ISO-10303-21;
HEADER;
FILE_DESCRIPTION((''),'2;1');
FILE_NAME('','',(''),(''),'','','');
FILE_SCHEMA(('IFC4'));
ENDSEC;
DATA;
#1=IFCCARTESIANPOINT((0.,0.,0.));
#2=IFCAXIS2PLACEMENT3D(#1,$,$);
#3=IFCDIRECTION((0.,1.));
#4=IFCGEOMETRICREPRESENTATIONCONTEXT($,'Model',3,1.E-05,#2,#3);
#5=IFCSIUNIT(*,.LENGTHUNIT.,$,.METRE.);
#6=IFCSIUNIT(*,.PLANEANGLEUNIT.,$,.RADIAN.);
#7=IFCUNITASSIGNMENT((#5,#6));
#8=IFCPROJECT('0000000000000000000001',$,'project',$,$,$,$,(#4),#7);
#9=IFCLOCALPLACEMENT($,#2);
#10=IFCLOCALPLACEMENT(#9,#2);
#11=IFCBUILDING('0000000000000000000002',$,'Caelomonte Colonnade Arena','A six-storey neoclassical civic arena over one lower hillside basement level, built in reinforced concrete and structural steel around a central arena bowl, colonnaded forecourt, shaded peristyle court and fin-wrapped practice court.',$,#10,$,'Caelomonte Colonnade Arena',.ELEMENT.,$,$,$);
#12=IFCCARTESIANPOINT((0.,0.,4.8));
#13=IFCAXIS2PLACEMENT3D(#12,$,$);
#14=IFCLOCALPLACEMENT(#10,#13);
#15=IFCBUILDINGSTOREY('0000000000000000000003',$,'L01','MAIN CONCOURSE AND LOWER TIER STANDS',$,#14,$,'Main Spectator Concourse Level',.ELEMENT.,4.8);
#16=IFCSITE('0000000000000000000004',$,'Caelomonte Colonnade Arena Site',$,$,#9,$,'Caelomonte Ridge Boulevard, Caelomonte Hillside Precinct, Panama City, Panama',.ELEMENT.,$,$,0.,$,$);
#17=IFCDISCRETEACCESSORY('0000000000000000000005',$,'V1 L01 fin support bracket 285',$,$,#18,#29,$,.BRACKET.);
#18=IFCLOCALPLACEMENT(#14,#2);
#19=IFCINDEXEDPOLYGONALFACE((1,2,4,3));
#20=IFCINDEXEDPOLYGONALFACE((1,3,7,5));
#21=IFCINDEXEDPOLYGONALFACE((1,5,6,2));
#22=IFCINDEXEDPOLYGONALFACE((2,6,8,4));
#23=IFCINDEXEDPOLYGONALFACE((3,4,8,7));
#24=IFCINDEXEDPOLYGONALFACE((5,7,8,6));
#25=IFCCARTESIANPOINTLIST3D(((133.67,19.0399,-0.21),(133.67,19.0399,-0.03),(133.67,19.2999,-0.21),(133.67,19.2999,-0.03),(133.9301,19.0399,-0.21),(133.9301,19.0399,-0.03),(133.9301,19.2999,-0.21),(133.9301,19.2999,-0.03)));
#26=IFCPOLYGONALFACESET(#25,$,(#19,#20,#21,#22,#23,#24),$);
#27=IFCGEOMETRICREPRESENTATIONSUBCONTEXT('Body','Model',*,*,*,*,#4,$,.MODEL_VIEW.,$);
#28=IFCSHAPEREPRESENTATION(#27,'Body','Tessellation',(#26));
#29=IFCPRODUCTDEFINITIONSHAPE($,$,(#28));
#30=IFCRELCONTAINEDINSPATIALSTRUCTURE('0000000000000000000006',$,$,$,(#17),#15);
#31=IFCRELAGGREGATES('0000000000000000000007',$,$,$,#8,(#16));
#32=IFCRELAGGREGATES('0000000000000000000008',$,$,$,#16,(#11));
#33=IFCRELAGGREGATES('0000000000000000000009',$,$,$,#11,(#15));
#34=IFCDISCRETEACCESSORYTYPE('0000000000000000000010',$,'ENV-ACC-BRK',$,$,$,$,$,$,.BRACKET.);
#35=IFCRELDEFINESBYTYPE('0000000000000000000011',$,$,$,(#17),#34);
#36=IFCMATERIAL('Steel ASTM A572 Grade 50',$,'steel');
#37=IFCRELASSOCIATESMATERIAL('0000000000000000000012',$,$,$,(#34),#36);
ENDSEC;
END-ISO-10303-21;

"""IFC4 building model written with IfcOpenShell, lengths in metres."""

from ifc_helpers import new_model, si_unit, direction, frame, origin, origin_2d, place, context, subcontext, project, spatial, rectangle, extrude, material, type_object, element, save


model = new_model("IFC4")

# Units and contexts
model_context = context("Model", 3, precision=1e-05, world=origin(), true_north=direction((0.0, 1.0)))
body_context = subcontext(model_context, "Body", "Model", "MODEL_VIEW")
ifc_project = project(units=[si_unit("LENGTHUNIT", "METRE"), si_unit("PLANEANGLEUNIT", "RADIAN")], contexts=[model_context])

# Site, building, storey
site_placement = place(None, origin())
site = spatial("IfcSite", under=ifc_project, at=site_placement, Name="Caelomonte Colonnade Arena Site", LongName="Caelomonte Ridge Boulevard, Caelomonte Hillside Precinct, Panama City, Panama", CompositionType="ELEMENT", RefElevation=0.0)
building_placement = place(site_placement, origin())
building = spatial("IfcBuilding", under=site, at=building_placement, Name="Caelomonte Colonnade Arena", Description="A six-storey neoclassical civic arena over one lower hillside basement level, built in reinforced concrete and structural steel around a central arena bowl, colonnaded forecourt, shaded peristyle court and fin-wrapped practice court.", LongName="Caelomonte Colonnade Arena", CompositionType="ELEMENT")
storey_placement = place(building_placement, frame((0.0, 0.0, 4.8)))
storey = spatial("IfcBuildingStorey", under=building, at=storey_placement, Name="L01", Description="MAIN CONCOURSE AND LOWER TIER STANDS", LongName="Main Spectator Concourse Level", CompositionType="ELEMENT", Elevation=4.8)

# Discrete accessory
ifc_material_1 = material(Name="Steel ASTM A572 Grade 50", Category="steel")
discrete_accessory_type = type_object("IfcDiscreteAccessoryType", Name="ENV-ACC-BRK", PredefinedType="BRACKET", material=ifc_material_1)
for number, where, z_axis, x_axis, name in (
    (1, (133.8, 19.1699, -0.21), (0.0, 0.0, 1.0), (1.0, 0.0, 0.0), "V1 L01 fin support bracket 285"),
):
    element("IfcDiscreteAccessory", number, at=place(storey_placement, frame(where, z_axis=z_axis, x_axis=x_axis)), inside=storey, type_object=discrete_accessory_type, Name=name, PredefinedType="BRACKET", context=body_context, shape_type="SweptSolid", body=[
        extrude(rectangle(XDim=0.26, YDim=0.26, at=origin_2d()), origin(), (0.0, 0.0, 1.0), 0.1799),
    ])

save(model, "model.ifc")
